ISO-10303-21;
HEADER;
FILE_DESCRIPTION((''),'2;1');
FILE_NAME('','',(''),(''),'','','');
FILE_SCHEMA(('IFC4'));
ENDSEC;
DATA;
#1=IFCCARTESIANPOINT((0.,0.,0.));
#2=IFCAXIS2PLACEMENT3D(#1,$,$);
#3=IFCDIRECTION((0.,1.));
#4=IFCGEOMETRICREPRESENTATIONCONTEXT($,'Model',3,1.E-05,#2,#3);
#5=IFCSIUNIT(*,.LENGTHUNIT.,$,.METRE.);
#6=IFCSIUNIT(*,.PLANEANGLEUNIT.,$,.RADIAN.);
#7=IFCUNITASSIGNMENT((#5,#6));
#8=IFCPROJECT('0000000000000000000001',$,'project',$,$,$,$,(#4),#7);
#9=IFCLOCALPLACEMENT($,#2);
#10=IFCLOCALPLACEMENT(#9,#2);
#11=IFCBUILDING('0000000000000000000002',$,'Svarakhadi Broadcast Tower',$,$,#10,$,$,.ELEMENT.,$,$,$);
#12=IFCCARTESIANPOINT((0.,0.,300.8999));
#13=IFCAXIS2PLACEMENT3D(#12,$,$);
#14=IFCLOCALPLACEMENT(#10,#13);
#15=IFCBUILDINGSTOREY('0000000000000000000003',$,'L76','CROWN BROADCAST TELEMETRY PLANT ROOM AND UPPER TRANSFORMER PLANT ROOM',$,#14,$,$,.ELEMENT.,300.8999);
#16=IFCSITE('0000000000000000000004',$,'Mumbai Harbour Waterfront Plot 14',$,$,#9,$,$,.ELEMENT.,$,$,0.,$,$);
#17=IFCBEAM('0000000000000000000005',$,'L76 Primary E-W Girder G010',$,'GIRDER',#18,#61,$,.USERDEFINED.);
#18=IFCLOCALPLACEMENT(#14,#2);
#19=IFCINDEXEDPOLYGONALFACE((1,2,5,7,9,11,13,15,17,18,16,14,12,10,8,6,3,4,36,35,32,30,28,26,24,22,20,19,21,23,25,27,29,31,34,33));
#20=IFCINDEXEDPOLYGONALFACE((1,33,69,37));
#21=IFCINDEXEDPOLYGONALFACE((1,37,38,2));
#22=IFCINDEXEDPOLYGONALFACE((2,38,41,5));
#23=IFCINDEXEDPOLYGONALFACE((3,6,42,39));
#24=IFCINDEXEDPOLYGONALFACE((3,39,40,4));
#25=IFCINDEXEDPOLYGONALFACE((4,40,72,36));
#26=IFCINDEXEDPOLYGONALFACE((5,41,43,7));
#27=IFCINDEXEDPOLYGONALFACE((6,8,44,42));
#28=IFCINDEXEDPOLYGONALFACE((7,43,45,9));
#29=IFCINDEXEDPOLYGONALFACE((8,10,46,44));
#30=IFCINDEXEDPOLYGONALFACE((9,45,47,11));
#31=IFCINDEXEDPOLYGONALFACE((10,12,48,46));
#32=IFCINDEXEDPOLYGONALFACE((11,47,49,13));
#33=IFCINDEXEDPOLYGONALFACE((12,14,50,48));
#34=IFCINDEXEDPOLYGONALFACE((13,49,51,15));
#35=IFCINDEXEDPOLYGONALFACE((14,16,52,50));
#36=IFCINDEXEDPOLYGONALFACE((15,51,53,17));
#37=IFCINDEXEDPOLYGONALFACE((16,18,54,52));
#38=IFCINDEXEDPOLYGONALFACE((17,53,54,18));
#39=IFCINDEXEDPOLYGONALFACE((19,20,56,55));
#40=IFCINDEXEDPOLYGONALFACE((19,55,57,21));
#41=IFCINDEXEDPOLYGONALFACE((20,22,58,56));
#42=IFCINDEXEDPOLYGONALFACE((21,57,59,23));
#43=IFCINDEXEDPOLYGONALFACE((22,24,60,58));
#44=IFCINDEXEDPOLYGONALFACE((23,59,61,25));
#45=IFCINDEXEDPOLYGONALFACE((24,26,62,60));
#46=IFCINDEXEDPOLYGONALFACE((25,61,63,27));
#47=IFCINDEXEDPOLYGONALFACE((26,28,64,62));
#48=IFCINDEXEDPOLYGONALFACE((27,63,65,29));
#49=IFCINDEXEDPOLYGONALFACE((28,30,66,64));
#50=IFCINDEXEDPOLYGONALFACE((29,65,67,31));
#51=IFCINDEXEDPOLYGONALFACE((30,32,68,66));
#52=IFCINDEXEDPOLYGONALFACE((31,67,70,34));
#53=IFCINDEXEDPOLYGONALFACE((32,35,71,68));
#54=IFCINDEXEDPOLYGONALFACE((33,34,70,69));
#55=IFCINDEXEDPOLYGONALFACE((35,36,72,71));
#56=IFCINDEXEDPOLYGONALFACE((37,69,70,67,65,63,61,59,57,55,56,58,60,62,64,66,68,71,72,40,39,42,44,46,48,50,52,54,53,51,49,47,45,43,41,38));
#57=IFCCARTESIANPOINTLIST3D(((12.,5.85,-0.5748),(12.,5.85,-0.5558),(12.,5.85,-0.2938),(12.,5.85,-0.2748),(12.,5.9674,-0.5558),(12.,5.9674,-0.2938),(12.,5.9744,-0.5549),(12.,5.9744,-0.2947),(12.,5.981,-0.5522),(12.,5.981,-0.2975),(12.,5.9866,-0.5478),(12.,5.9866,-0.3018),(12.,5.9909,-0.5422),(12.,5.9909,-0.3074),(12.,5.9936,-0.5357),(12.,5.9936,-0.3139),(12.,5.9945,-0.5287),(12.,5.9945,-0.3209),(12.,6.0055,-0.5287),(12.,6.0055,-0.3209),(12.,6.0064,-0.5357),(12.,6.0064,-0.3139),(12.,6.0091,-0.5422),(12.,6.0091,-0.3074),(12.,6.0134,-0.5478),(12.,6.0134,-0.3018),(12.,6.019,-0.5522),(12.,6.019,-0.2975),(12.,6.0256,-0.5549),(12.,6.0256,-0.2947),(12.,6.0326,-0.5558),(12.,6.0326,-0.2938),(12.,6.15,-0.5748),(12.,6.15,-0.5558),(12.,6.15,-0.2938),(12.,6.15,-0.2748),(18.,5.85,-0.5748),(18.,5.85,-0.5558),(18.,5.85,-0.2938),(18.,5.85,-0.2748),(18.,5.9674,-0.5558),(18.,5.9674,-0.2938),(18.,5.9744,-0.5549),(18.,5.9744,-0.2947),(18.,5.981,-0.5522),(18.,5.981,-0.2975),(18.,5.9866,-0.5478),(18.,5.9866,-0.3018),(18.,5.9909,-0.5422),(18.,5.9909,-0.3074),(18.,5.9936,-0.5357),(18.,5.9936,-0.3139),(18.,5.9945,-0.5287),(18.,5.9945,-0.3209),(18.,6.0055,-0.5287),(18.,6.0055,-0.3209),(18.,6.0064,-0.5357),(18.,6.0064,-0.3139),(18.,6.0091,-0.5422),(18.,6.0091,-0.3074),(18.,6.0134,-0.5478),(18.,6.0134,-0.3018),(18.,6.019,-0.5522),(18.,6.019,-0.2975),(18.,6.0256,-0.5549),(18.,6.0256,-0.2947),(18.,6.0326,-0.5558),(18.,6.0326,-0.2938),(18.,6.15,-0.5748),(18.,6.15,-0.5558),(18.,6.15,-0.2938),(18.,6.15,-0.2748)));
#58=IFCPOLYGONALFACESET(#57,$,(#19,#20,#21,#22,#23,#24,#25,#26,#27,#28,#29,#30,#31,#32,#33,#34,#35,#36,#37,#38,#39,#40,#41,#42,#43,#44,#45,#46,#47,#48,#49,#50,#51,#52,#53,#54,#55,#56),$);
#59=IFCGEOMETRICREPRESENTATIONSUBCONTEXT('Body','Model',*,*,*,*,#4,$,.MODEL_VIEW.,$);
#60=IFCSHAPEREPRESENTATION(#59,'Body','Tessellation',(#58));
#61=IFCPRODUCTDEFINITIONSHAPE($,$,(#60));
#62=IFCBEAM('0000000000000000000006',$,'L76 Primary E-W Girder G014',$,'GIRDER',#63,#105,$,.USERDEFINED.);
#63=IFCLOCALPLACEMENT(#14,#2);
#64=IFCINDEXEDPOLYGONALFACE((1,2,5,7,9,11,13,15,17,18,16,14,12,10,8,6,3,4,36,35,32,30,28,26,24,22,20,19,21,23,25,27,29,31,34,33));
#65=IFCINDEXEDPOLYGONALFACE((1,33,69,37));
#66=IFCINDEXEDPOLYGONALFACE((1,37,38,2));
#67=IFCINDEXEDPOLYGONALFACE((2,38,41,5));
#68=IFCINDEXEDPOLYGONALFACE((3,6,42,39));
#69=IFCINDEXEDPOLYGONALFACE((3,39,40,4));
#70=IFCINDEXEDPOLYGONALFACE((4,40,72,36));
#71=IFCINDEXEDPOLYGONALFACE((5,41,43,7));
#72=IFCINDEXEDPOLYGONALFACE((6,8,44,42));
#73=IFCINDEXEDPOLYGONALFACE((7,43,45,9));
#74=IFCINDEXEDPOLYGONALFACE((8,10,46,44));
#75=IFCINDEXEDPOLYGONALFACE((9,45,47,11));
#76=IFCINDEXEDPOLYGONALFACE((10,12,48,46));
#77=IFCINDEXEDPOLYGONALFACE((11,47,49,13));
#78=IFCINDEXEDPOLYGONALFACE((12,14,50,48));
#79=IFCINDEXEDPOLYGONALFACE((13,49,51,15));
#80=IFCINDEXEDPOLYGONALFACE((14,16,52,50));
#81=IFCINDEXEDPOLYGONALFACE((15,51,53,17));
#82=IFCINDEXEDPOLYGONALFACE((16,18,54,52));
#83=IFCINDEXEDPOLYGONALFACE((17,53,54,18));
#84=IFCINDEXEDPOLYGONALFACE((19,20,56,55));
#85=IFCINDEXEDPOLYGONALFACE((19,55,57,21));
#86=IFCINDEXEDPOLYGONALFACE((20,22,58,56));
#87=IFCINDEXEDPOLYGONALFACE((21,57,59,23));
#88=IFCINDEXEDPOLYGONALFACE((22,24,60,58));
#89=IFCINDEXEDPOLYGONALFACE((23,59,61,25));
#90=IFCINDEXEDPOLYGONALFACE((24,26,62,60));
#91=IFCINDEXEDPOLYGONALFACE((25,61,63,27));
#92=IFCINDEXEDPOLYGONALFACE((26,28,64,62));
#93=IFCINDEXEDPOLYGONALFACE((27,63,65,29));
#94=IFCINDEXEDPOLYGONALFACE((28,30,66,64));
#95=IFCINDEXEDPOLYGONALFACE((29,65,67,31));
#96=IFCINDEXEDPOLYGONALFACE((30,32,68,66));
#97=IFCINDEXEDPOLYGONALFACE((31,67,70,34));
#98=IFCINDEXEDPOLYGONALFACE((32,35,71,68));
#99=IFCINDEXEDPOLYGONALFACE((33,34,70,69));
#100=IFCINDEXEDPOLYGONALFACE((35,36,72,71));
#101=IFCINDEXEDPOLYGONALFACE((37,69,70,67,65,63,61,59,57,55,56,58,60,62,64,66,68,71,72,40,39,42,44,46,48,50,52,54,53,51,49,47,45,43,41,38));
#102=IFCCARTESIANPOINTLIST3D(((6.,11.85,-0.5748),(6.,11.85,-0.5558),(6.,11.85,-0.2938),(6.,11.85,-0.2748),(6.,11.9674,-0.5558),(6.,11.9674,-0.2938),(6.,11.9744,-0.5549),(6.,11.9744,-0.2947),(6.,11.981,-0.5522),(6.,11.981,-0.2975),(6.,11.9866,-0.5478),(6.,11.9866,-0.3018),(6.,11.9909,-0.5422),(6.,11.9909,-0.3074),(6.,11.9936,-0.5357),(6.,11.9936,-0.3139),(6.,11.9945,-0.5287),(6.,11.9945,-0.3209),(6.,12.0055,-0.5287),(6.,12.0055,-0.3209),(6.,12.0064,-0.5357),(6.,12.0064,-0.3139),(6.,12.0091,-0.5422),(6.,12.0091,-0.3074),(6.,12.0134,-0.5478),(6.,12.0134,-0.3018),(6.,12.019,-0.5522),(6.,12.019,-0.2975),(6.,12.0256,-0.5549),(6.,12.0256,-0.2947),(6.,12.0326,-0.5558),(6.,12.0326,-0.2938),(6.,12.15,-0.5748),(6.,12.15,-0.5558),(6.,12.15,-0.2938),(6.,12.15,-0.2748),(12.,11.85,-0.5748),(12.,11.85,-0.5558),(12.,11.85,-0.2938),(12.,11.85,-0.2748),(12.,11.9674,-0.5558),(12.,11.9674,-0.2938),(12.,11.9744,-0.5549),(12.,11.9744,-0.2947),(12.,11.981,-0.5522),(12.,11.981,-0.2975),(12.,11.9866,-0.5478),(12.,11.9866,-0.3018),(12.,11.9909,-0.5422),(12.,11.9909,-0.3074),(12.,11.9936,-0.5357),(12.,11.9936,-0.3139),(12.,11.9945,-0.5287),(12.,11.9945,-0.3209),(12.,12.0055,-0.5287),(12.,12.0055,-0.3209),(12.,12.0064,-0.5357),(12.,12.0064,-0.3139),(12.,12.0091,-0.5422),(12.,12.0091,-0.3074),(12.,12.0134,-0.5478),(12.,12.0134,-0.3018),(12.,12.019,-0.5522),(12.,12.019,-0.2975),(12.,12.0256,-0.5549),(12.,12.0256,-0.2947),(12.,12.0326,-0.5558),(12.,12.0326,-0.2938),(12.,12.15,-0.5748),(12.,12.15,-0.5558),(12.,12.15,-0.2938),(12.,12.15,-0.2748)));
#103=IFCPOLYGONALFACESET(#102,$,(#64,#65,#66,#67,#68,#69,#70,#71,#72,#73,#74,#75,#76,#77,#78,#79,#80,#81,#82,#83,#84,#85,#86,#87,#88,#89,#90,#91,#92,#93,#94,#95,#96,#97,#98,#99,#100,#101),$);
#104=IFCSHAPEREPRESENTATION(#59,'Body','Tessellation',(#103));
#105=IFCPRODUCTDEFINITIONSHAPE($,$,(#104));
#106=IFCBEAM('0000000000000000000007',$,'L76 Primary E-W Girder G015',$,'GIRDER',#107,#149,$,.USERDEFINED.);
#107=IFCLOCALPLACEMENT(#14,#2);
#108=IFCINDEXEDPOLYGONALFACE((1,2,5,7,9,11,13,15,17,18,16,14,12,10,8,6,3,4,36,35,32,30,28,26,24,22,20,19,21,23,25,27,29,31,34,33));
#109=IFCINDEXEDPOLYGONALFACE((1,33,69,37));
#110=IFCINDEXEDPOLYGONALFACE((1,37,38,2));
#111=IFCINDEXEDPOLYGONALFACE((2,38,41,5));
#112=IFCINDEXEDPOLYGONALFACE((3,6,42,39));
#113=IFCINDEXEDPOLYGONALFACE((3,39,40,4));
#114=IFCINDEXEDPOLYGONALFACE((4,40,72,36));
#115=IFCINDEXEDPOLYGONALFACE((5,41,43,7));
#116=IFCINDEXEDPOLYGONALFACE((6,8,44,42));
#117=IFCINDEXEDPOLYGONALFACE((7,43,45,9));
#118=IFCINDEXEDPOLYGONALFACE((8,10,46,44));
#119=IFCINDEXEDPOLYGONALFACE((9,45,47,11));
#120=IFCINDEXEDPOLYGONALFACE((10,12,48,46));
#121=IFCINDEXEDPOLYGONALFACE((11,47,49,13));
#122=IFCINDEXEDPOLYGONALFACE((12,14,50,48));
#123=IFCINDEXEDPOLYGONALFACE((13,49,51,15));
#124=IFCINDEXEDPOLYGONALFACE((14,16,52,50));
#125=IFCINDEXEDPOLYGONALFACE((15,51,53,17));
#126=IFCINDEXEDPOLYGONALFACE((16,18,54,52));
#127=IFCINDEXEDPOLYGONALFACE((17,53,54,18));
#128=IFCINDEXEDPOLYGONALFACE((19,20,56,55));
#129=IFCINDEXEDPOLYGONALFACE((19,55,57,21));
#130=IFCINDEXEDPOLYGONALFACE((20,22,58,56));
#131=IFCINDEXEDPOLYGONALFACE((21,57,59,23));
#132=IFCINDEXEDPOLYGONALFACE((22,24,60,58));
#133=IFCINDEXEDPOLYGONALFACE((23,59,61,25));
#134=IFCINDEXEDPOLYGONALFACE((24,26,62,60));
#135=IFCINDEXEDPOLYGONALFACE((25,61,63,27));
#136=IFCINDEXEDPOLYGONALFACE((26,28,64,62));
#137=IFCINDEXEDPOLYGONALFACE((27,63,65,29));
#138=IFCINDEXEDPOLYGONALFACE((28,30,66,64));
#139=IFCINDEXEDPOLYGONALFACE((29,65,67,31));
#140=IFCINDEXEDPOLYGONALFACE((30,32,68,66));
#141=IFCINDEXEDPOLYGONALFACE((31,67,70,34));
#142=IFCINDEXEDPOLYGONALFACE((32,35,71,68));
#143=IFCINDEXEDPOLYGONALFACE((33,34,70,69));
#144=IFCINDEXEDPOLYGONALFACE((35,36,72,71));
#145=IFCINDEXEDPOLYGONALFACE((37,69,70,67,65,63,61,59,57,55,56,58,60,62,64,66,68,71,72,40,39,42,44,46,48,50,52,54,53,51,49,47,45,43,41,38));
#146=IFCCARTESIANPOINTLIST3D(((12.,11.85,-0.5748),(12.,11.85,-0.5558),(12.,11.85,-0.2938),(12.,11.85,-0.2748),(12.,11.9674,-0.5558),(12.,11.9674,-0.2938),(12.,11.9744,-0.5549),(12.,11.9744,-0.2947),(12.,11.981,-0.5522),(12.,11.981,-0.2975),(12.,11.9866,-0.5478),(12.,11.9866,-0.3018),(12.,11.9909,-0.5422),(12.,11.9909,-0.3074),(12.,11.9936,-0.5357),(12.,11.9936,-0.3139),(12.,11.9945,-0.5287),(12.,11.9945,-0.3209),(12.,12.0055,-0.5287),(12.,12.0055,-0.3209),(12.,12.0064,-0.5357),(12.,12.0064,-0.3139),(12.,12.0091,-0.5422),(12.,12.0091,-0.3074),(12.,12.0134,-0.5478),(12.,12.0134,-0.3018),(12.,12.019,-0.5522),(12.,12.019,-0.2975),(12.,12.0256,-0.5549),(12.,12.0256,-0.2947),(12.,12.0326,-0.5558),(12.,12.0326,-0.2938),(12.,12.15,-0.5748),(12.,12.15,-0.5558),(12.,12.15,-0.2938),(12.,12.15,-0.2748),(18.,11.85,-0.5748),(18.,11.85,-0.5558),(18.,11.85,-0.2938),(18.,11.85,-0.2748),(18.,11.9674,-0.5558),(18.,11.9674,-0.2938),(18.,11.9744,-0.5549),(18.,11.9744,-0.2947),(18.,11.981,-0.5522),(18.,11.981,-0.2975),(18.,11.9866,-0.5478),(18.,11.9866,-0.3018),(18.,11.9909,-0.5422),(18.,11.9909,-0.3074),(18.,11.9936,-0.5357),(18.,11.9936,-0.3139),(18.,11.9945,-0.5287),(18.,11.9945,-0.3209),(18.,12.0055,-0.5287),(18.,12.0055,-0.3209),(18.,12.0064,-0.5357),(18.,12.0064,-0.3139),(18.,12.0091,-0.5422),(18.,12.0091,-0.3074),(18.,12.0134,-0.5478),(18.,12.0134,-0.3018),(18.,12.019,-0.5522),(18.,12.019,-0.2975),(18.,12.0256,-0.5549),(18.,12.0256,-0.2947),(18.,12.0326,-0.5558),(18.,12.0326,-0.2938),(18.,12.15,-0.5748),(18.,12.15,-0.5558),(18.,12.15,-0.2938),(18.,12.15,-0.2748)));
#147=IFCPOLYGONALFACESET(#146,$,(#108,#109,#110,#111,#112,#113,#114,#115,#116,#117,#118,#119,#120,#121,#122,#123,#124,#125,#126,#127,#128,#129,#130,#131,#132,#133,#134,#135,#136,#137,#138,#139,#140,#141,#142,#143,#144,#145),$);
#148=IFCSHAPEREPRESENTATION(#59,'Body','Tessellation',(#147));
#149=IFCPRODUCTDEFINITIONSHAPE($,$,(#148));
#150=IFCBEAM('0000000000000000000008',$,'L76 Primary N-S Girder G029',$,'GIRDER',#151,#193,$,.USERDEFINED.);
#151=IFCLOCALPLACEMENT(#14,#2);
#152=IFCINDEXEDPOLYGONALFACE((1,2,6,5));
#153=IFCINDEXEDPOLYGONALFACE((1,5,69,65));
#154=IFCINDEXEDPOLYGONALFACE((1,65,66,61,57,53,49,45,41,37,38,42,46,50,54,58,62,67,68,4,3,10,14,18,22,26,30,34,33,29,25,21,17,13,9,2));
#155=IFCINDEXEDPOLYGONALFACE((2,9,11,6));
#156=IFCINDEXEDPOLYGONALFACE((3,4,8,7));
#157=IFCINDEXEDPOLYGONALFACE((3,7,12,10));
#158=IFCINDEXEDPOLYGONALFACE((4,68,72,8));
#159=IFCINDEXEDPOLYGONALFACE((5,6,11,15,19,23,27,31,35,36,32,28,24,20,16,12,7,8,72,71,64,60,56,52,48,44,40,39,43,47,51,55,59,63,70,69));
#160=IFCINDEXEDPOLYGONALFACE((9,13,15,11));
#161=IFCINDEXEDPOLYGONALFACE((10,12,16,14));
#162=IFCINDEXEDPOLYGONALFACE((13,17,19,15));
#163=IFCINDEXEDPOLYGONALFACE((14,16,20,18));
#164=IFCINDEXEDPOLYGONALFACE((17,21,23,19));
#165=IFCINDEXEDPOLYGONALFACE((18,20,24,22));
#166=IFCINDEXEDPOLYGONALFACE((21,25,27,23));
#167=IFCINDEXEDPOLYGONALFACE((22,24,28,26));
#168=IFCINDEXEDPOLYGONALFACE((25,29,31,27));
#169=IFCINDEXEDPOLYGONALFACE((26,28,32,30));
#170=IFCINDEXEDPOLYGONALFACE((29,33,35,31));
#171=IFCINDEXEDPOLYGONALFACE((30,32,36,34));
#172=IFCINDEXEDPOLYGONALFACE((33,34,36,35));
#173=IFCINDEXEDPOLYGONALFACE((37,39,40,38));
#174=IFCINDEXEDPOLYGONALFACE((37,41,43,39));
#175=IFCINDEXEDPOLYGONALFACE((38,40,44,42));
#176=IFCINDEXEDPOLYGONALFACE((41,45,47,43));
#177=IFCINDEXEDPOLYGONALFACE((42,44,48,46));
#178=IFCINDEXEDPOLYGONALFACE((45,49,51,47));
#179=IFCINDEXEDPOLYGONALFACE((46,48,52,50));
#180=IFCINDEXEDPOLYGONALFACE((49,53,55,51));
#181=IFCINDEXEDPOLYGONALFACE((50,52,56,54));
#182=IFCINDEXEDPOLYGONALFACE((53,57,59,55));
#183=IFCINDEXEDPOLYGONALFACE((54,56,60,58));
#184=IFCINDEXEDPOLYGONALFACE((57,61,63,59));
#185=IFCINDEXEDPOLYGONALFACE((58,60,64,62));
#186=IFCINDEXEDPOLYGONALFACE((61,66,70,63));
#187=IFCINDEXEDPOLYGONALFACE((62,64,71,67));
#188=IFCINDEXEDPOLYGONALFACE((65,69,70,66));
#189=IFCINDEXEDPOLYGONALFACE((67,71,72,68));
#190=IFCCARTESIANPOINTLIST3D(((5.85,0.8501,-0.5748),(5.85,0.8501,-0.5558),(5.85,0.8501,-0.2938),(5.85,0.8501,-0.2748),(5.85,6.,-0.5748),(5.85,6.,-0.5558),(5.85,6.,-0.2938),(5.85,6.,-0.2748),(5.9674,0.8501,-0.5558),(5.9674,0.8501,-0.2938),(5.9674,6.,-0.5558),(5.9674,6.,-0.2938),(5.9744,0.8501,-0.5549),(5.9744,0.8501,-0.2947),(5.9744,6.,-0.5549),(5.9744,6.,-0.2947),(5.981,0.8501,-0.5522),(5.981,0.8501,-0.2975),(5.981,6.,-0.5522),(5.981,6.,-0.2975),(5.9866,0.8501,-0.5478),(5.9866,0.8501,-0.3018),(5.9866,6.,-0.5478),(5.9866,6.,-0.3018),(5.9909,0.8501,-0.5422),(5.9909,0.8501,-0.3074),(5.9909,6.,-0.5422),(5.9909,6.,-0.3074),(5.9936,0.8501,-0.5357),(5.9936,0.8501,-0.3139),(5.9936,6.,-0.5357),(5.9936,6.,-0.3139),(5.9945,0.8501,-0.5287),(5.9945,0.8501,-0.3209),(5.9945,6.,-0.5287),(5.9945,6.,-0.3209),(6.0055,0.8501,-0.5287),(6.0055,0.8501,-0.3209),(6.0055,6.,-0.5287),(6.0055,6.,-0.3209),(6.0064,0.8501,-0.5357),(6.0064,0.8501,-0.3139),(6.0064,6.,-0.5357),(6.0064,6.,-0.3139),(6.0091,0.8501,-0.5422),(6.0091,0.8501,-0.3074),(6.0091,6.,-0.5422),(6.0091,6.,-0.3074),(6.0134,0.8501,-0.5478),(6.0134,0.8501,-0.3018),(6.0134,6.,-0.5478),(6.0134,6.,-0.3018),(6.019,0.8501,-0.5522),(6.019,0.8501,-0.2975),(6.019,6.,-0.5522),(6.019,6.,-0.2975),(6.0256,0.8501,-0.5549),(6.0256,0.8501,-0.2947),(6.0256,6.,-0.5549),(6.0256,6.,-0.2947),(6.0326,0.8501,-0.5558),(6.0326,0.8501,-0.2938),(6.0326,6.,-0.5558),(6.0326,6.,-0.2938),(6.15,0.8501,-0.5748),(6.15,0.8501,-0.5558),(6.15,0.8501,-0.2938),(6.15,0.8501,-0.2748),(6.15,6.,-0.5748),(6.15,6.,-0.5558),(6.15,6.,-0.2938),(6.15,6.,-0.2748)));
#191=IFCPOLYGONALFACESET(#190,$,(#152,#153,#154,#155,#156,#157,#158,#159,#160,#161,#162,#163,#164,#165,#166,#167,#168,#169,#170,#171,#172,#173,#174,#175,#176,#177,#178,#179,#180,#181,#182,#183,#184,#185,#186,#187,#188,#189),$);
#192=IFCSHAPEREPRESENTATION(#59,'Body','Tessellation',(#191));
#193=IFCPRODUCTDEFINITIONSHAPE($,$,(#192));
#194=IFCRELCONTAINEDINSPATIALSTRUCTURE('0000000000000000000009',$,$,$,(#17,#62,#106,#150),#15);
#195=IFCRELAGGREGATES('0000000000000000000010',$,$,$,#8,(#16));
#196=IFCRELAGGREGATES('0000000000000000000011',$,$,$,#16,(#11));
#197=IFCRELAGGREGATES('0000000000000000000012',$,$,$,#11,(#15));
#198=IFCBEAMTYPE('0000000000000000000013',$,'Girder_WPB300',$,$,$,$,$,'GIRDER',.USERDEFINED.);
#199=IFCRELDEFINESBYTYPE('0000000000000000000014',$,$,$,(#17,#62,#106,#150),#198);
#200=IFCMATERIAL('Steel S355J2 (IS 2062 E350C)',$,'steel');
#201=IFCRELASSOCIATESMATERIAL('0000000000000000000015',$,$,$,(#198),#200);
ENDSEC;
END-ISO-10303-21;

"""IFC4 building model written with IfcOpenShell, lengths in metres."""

from ifc_helpers import new_model, si_unit, direction, frame, origin, origin_2d, place, context, subcontext, project, spatial, i_section, extrude, material, material_profile, profile_set, type_object, element, save


model = new_model("IFC4")

# Units and contexts
model_context = context("Model", 3, precision=1e-05, world=origin(), true_north=direction((0.0, 1.0)))
body_context = subcontext(model_context, "Body", "Model", "MODEL_VIEW")
ifc_project = project(units=[si_unit("LENGTHUNIT", "METRE"), si_unit("PLANEANGLEUNIT", "RADIAN")], contexts=[model_context])

# Site, building, storey
site_placement = place(None, origin())
site = spatial("IfcSite", under=ifc_project, at=site_placement, Name="Mumbai Harbour Waterfront Plot 14", CompositionType="ELEMENT", RefElevation=0.0)
building_placement = place(site_placement, origin())
building = spatial("IfcBuilding", under=site, at=building_placement, Name="Svarakhadi Broadcast Tower", CompositionType="ELEMENT")
storey_placement = place(building_placement, frame((0.0, 0.0, 300.8999)))
storey = spatial("IfcBuildingStorey", under=building, at=storey_placement, Name="L76", Description="CROWN BROADCAST TELEMETRY PLANT ROOM AND UPPER TRANSFORMER PLANT ROOM", CompositionType="ELEMENT", Elevation=300.8999)

# Beams
ifc_material_1 = material(Name="Steel S355J2 (IS 2062 E350C)", Category="steel")
ifc_material_profile_1 = material_profile(ifc_material_1, i_section(OverallWidth=0.3, OverallDepth=0.3, WebThickness=0.011, FlangeThickness=0.019, FilletRadius=0.0271, at=origin_2d()), Name="WPB 300x300x117")
ifc_profile_set_1 = profile_set([ifc_material_profile_1], Name="Steel S355J2 (IS 2062 E350C)")
beam_type_1 = type_object("IfcBeamType", Name="Girder_WPB300", ElementType="GIRDER", PredefinedType="USERDEFINED", material=ifc_profile_set_1)
for number, where, z_axis, x_axis, name in (
    (1, (12.0, 6.0, -0.4248), (1.0, 0.0, 0.0), (0.0, 1.0, 0.0), "L76 Primary E-W Girder G010"),
    (2, (6.0, 12.0, -0.4248), (1.0, 0.0, 0.0), (0.0, 1.0, 0.0), "L76 Primary E-W Girder G014"),
    (3, (12.0, 12.0, -0.4248), (1.0, 0.0, 0.0), (0.0, 1.0, 0.0), "L76 Primary E-W Girder G015"),
):
    element("IfcBeam", number, at=place(storey_placement, frame(where, z_axis=z_axis, x_axis=x_axis)), inside=storey, type_object=beam_type_1, Name=name, ObjectType="GIRDER", PredefinedType="USERDEFINED", context=body_context, shape_type="SweptSolid", body=[
        extrude(i_section(OverallWidth=0.3, OverallDepth=0.3, WebThickness=0.011, FlangeThickness=0.019, FilletRadius=0.0271, at=origin_2d()), origin(), (0.0, 0.0, 1.0), 6.0),
    ])
beam_1_placement = place(storey_placement, frame((6.0, 0.8501, -0.4248), z_axis=(0.0, 1.0, 0.0), x_axis=(-1.0, 0.0, 0.0)))
element("IfcBeam", 4, at=beam_1_placement, inside=storey, type_object=beam_type_1, Name="L76 Primary N-S Girder G029", ObjectType="GIRDER", PredefinedType="USERDEFINED", context=body_context, shape_type="SweptSolid", body=[
    extrude(i_section(OverallWidth=0.3, OverallDepth=0.3, WebThickness=0.011, FlangeThickness=0.019, FilletRadius=0.0271, at=origin_2d()), origin(), (0.0, 0.0, 1.0), 5.1499),
])

save(model, "model.ifc")
